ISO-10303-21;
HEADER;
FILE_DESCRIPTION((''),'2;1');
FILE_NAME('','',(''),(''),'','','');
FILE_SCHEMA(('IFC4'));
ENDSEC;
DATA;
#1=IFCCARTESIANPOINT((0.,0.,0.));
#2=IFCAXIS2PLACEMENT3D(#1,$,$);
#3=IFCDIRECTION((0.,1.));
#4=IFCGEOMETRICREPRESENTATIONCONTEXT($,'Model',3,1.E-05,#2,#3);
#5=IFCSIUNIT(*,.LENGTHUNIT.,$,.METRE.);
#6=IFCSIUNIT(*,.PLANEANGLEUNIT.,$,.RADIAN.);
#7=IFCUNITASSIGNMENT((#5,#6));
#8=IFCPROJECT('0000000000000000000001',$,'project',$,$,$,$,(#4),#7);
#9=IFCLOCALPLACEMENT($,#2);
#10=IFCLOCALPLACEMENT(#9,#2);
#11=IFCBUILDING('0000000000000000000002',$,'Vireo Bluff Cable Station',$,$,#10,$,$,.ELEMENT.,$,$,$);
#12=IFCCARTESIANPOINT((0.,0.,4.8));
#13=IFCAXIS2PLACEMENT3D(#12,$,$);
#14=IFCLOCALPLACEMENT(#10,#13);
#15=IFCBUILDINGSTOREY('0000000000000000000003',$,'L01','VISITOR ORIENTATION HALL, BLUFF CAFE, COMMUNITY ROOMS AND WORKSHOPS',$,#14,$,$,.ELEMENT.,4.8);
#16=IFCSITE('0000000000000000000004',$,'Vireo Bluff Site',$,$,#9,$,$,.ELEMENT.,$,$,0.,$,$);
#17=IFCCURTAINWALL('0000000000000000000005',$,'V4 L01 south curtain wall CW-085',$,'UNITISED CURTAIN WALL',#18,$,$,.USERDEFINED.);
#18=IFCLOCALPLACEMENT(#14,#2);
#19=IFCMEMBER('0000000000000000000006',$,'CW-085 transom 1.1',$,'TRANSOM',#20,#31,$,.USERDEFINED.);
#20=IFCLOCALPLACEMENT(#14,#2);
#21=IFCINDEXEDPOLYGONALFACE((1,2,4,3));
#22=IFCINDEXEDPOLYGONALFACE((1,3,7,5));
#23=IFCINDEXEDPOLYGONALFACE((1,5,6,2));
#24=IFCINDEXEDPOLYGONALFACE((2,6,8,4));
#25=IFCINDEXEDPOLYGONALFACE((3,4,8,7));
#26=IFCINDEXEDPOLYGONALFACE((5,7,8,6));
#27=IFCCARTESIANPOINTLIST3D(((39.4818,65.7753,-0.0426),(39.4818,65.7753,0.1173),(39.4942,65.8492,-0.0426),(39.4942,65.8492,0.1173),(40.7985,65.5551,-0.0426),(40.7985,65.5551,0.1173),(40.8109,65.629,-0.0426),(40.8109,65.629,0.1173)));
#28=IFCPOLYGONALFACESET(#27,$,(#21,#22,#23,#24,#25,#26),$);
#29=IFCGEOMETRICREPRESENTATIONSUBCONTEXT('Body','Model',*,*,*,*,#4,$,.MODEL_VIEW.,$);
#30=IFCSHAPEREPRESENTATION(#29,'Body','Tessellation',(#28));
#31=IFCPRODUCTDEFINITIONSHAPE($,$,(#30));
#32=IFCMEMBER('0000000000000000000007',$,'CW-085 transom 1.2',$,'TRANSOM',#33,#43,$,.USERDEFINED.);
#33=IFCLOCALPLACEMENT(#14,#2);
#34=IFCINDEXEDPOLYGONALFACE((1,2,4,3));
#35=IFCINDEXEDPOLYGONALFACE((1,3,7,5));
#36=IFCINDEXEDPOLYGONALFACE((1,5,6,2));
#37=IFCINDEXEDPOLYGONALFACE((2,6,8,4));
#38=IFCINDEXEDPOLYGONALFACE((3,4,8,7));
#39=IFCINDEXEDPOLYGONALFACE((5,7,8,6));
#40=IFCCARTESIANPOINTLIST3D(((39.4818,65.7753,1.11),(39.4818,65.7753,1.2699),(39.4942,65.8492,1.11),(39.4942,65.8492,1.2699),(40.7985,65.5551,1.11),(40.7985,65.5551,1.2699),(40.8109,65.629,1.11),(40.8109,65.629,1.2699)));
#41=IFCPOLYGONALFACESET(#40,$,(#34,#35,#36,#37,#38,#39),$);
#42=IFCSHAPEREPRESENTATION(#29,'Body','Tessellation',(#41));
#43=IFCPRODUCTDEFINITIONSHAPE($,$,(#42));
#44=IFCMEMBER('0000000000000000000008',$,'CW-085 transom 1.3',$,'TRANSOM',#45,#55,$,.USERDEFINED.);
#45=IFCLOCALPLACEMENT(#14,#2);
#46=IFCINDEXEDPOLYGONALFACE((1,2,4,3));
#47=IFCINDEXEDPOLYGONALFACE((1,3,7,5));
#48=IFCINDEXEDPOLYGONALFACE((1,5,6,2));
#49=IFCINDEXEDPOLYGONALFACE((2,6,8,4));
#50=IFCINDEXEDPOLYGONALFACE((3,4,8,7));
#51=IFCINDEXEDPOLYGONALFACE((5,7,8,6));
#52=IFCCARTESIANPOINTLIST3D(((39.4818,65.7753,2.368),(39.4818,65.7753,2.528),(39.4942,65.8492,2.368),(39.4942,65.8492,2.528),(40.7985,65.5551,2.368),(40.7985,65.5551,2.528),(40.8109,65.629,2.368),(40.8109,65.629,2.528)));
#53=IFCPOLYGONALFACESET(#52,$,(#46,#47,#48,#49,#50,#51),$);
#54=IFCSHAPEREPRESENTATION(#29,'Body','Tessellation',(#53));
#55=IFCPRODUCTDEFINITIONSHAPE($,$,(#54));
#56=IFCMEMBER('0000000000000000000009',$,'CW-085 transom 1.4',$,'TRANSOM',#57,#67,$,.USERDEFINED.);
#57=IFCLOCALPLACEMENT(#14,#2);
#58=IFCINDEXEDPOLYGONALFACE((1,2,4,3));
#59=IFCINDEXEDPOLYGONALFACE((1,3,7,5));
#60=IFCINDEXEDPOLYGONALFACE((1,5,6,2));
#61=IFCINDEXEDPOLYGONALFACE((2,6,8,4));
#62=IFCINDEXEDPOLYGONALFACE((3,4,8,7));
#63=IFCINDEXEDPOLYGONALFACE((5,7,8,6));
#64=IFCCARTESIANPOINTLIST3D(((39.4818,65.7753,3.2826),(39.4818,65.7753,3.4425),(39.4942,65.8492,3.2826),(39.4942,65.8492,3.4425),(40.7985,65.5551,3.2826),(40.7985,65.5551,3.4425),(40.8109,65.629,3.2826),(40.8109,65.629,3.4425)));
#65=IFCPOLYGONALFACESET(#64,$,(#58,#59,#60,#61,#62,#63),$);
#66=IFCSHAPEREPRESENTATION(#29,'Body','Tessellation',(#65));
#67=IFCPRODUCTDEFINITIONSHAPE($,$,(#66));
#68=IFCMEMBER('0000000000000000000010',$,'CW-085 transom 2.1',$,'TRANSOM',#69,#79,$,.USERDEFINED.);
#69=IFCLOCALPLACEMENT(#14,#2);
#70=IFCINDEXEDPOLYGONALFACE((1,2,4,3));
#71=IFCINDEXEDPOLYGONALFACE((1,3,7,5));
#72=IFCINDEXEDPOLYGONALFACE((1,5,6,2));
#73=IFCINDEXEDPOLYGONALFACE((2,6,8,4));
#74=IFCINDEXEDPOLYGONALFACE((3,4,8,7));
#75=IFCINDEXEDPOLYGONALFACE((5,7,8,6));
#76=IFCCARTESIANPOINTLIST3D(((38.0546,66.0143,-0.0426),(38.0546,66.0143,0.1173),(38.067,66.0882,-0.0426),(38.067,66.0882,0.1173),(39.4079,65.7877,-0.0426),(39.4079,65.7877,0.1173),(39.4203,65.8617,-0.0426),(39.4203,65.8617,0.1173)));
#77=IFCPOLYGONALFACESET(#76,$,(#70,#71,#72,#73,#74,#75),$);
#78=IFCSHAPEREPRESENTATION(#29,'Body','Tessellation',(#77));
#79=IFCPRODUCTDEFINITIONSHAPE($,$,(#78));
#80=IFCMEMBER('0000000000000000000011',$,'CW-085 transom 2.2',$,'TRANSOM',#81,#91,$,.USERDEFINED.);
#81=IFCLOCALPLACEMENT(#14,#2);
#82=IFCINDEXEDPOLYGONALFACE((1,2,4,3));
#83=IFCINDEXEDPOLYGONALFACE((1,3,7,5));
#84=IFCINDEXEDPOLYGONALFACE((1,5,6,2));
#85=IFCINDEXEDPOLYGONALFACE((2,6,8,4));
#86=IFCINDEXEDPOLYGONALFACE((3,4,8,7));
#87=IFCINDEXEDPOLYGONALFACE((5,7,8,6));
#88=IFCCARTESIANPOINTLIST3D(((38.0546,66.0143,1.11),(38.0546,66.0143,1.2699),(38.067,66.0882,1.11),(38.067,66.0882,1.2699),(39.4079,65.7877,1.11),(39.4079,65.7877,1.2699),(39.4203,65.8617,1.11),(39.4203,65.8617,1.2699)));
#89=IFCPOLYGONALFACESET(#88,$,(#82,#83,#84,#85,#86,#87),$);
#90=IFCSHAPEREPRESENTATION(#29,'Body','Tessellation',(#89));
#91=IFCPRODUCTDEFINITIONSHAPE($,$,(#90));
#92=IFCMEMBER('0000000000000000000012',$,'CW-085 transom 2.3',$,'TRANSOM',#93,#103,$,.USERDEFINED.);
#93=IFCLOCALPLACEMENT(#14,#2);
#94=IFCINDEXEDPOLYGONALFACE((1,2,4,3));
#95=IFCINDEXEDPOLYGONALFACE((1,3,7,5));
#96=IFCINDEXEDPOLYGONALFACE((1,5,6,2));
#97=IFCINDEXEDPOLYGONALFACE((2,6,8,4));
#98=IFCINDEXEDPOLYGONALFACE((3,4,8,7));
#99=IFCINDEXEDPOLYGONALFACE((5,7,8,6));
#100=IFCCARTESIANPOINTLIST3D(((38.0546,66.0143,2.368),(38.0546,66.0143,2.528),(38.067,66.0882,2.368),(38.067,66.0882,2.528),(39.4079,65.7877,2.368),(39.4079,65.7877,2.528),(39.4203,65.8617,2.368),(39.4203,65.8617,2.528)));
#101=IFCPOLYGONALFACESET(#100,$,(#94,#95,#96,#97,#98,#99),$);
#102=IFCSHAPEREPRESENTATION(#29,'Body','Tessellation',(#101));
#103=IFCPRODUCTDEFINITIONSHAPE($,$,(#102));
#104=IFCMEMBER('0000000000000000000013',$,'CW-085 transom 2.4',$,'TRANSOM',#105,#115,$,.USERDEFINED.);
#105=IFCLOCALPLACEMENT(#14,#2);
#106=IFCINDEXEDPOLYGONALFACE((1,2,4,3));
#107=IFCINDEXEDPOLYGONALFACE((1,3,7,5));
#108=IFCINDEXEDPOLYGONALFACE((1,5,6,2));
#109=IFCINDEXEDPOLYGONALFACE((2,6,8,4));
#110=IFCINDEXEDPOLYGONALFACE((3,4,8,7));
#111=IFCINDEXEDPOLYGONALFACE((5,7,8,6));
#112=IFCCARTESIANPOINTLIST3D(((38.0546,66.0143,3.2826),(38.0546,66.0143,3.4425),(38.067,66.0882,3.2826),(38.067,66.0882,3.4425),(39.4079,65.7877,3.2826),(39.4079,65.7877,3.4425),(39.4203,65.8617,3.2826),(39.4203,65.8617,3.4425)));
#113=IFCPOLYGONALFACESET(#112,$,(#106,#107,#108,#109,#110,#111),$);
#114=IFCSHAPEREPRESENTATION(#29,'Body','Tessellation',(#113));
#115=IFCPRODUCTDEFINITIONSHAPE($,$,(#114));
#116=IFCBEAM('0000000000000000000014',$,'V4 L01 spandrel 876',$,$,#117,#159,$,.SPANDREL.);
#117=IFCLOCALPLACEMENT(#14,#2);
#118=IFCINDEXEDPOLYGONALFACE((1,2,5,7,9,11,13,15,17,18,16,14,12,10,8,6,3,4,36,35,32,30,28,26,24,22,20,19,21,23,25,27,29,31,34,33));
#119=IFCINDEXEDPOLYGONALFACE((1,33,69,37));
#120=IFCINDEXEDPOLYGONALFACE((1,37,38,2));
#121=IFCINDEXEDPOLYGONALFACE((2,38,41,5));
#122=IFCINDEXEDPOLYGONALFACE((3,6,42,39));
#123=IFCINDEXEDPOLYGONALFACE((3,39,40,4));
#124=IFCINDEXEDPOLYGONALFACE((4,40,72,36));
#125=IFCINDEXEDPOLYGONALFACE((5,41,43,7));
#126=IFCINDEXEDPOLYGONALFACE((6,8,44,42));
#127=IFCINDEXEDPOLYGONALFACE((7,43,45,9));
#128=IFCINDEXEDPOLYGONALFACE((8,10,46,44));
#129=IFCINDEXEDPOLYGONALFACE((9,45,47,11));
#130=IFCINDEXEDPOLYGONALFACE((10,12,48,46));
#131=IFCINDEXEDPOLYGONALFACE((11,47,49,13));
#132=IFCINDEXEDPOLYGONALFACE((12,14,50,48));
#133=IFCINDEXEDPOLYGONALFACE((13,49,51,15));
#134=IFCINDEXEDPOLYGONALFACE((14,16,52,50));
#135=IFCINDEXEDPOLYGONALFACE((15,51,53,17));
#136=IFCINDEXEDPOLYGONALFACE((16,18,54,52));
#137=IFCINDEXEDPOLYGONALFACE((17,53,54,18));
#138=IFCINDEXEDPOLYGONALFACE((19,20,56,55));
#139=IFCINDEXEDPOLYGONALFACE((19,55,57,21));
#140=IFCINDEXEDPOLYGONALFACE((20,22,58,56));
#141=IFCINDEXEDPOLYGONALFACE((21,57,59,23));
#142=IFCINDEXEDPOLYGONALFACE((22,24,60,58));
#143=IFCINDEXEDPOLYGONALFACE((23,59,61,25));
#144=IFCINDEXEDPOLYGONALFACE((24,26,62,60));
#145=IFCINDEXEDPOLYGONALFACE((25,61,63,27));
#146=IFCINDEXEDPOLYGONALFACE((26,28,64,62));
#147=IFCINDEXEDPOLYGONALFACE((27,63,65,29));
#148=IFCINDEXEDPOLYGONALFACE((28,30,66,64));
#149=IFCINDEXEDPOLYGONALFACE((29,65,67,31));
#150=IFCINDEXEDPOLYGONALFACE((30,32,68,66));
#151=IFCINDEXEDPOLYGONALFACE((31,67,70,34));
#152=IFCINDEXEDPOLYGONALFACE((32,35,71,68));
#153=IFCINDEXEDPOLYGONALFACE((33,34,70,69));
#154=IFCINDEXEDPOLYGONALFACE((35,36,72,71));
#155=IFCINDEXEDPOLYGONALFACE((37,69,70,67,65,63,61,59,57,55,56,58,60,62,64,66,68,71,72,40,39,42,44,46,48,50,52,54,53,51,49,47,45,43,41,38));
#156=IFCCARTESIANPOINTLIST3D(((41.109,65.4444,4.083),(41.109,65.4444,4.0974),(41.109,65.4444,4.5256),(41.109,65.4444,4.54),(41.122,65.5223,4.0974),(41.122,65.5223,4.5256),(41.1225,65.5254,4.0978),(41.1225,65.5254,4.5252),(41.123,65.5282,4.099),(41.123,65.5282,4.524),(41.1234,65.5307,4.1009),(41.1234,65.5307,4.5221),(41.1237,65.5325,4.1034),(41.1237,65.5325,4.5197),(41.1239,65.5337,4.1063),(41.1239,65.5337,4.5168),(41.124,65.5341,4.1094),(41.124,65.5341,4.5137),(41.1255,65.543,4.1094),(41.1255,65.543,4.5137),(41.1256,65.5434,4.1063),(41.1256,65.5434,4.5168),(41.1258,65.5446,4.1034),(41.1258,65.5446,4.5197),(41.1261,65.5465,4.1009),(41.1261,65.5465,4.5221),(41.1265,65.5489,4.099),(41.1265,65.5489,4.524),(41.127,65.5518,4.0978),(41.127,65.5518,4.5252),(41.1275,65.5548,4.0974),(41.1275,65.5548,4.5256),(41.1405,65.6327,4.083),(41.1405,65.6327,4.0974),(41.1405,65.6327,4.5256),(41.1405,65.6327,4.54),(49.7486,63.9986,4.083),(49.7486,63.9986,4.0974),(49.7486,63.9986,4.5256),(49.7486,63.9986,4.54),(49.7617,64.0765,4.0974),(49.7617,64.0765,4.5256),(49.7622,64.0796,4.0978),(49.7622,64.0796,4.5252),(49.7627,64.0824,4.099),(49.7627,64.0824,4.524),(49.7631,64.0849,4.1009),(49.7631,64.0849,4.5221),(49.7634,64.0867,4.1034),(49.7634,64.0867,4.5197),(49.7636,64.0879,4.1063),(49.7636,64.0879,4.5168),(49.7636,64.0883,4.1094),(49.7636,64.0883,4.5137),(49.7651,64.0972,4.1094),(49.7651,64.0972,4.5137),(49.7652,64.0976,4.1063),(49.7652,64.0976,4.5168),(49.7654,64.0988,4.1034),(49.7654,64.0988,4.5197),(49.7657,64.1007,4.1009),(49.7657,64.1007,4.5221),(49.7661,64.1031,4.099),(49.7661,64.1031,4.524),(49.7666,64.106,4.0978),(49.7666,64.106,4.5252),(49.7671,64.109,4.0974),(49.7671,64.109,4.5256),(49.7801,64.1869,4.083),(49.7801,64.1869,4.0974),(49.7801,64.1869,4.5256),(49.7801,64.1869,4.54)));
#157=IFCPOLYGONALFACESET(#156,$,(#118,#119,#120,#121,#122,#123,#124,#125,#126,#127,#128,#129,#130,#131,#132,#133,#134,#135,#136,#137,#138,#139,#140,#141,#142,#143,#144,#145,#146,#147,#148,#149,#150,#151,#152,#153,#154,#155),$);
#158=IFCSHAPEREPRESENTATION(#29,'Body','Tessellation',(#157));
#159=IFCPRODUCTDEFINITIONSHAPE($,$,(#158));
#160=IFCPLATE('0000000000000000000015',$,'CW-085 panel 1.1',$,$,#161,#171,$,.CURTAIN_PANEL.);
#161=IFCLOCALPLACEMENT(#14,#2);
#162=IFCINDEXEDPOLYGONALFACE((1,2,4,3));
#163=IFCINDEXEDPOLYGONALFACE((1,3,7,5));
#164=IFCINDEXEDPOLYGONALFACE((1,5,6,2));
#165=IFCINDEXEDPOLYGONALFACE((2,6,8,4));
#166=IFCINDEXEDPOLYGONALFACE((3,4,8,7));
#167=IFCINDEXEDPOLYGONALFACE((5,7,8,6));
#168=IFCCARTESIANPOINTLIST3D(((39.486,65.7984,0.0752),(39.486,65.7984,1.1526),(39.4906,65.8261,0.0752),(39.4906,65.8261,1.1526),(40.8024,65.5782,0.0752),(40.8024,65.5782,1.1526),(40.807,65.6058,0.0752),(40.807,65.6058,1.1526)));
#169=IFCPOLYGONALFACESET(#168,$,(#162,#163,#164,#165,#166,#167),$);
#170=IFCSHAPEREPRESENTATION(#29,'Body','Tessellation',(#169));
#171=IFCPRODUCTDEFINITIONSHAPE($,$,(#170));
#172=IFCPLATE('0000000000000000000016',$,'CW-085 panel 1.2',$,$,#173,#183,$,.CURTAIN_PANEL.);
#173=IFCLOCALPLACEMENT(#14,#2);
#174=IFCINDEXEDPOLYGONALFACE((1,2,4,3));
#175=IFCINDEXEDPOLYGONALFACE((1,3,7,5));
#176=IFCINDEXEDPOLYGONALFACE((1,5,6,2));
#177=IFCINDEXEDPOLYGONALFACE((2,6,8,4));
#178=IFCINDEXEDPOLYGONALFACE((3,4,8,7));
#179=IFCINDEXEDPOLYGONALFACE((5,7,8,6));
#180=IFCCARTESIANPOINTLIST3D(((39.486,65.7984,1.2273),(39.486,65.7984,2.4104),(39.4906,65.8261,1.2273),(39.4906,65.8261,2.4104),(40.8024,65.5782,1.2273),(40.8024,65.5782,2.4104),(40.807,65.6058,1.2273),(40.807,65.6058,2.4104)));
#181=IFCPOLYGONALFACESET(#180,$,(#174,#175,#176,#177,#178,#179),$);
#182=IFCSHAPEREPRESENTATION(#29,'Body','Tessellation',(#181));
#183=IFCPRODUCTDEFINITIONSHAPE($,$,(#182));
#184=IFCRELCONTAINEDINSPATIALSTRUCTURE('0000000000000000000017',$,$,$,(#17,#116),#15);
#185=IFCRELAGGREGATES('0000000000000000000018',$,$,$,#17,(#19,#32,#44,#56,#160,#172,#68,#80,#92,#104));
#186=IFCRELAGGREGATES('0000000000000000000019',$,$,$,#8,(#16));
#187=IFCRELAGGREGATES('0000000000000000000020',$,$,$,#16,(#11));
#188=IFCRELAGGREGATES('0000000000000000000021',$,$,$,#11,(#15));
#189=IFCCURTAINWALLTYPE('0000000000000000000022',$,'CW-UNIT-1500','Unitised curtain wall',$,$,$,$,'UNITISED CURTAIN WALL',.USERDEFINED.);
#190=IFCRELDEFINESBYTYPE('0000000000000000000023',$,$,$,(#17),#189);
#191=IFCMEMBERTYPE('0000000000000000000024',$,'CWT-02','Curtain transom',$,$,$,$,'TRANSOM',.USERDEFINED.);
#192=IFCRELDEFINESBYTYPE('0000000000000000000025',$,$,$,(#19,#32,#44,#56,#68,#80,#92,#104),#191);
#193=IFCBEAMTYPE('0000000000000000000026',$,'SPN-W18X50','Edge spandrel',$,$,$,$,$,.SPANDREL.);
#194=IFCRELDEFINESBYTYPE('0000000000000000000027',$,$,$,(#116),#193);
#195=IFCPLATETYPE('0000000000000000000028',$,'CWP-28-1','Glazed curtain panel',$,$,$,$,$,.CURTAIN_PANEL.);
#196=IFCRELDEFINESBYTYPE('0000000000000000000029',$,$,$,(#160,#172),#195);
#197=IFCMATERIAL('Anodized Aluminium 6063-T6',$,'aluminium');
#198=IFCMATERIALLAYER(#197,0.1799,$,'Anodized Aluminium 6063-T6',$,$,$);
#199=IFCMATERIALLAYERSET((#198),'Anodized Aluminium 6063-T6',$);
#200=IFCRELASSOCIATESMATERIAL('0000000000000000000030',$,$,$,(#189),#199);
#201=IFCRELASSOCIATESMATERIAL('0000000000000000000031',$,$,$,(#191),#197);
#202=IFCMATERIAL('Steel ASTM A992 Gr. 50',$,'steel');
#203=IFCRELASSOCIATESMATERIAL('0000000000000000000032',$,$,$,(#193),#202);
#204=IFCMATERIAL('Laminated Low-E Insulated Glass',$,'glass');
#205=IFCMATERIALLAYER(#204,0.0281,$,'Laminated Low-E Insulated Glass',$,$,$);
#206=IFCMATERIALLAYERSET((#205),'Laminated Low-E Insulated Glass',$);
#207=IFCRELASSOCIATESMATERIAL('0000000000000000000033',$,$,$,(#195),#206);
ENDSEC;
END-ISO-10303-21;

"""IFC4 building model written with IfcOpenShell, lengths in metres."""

from ifc_helpers import new_model, si_unit, direction, frame, origin, origin_2d, place, context, subcontext, project, spatial, rectangle, i_section, extrude, material, layer, layer_set, material_profile, profile_set, type_object, element, aggregate, save


model = new_model("IFC4")

# Units and contexts
model_context = context("Model", 3, precision=1e-05, world=origin(), true_north=direction((0.0, 1.0)))
body_context = subcontext(model_context, "Body", "Model", "MODEL_VIEW")
ifc_project = project(units=[si_unit("LENGTHUNIT", "METRE"), si_unit("PLANEANGLEUNIT", "RADIAN")], contexts=[model_context])

# Site, building, storey
site_placement = place(None, origin())
site = spatial("IfcSite", under=ifc_project, at=site_placement, Name="Vireo Bluff Site", CompositionType="ELEMENT", RefElevation=0.0)
building_placement = place(site_placement, origin())
building = spatial("IfcBuilding", under=site, at=building_placement, Name="Vireo Bluff Cable Station", CompositionType="ELEMENT")
storey_placement = place(building_placement, frame((0.0, 0.0, 4.8)))
storey = spatial("IfcBuildingStorey", under=building, at=storey_placement, Name="L01", Description="VISITOR ORIENTATION HALL, BLUFF CAFE, COMMUNITY ROOMS AND WORKSHOPS", CompositionType="ELEMENT", Elevation=4.8)

# Shared definitions
ifc_material_1 = material(Name="Steel ASTM A992 Gr. 50", Category="steel")

# Curtain wall, members
ifc_material_2 = material(Name="Anodized Aluminium 6063-T6", Category="aluminium")
ifc_layer_1 = layer(ifc_material_2, 0.1799, Name="Anodized Aluminium 6063-T6")
ifc_layer_set_1 = layer_set([ifc_layer_1], Name="Anodized Aluminium 6063-T6")
curtain_wall_type = type_object("IfcCurtainWallType", Name="CW-UNIT-1500", Description="Unitised curtain wall", ElementType="UNITISED CURTAIN WALL", PredefinedType="USERDEFINED", material=ifc_layer_set_1)
curtain_wall_placement = place(storey_placement, origin())
curtain_wall = element("IfcCurtainWall", 1, at=curtain_wall_placement, inside=storey, type_object=curtain_wall_type, Name="V4 L01 south curtain wall CW-085", ObjectType="UNITISED CURTAIN WALL", PredefinedType="USERDEFINED")
ifc_material_profile_1 = material_profile(ifc_material_2, rectangle(XDim=0.075, YDim=0.1599, at=origin_2d()), Name="ALU-T-75X160")
ifc_profile_set_1 = profile_set([ifc_material_profile_1], Name="Anodized Aluminium 6063-T6")
member_type_1 = type_object("IfcMemberType", Name="CWT-02", Description="Curtain transom", ElementType="TRANSOM", PredefinedType="USERDEFINED", material=ifc_profile_set_1)
member_1_placement = place(storey_placement, frame((40.8047, 65.592, 0.0374), z_axis=(-0.9863, 0.164962, 0.0), x_axis=(-0.164962, -0.9863, 0.0)))
member_1 = element("IfcMember", 2, at=member_1_placement, type_object=member_type_1, Name="CW-085 transom 1.1", ObjectType="TRANSOM", PredefinedType="USERDEFINED", context=body_context, shape_type="SweptSolid", body=[
    extrude(rectangle(XDim=0.075, YDim=0.1599, at=origin_2d()), origin(), (0.0, 0.0, 1.0), 1.335),
])
member_2_placement = place(storey_placement, frame((40.8047, 65.592, 1.1899), z_axis=(-0.9863, 0.164962, 0.0), x_axis=(-0.164962, -0.9863, 0.0)))
member_2 = element("IfcMember", 3, at=member_2_placement, type_object=member_type_1, Name="CW-085 transom 1.2", ObjectType="TRANSOM", PredefinedType="USERDEFINED", context=body_context, shape_type="SweptSolid", body=[
    extrude(rectangle(XDim=0.075, YDim=0.1599, at=origin_2d()), origin(), (0.0, 0.0, 1.0), 1.335),
])
member_3_placement = place(storey_placement, frame((40.8047, 65.592, 2.448), z_axis=(-0.9863, 0.164962, 0.0), x_axis=(-0.164962, -0.9863, 0.0)))
member_3 = element("IfcMember", 4, at=member_3_placement, type_object=member_type_1, Name="CW-085 transom 1.3", ObjectType="TRANSOM", PredefinedType="USERDEFINED", context=body_context, shape_type="SweptSolid", body=[
    extrude(rectangle(XDim=0.075, YDim=0.1599, at=origin_2d()), origin(), (0.0, 0.0, 1.0), 1.335),
])
member_4_placement = place(storey_placement, frame((40.8047, 65.592, 3.3625), z_axis=(-0.9863, 0.164962, 0.0), x_axis=(-0.164962, -0.9863, 0.0)))
member_4 = element("IfcMember", 5, at=member_4_placement, type_object=member_type_1, Name="CW-085 transom 1.4", ObjectType="TRANSOM", PredefinedType="USERDEFINED", context=body_context, shape_type="SweptSolid", body=[
    extrude(rectangle(XDim=0.075, YDim=0.1599, at=origin_2d()), origin(), (0.0, 0.0, 1.0), 1.335),
])
member_5_placement = place(storey_placement, frame((39.4141, 65.8247, 0.0374), z_axis=(-0.986273, 0.16512, 0.0), x_axis=(-0.16512, -0.986273, 0.0)))
member_5 = element("IfcMember", 6, at=member_5_placement, type_object=member_type_1, Name="CW-085 transom 2.1", ObjectType="TRANSOM", PredefinedType="USERDEFINED", context=body_context, shape_type="SweptSolid", body=[
    extrude(rectangle(XDim=0.075, YDim=0.1599, at=origin_2d()), origin(), (0.0, 0.0, 1.0), 1.3721),
])
member_6_placement = place(storey_placement, frame((39.4141, 65.8247, 1.1899), z_axis=(-0.986273, 0.16512, 0.0), x_axis=(-0.16512, -0.986273, 0.0)))
member_6 = element("IfcMember", 7, at=member_6_placement, type_object=member_type_1, Name="CW-085 transom 2.2", ObjectType="TRANSOM", PredefinedType="USERDEFINED", context=body_context, shape_type="SweptSolid", body=[
    extrude(rectangle(XDim=0.075, YDim=0.1599, at=origin_2d()), origin(), (0.0, 0.0, 1.0), 1.3721),
])
member_7_placement = place(storey_placement, frame((39.4141, 65.8247, 2.448), z_axis=(-0.986273, 0.16512, 0.0), x_axis=(-0.16512, -0.986273, 0.0)))
member_7 = element("IfcMember", 8, at=member_7_placement, type_object=member_type_1, Name="CW-085 transom 2.3", ObjectType="TRANSOM", PredefinedType="USERDEFINED", context=body_context, shape_type="SweptSolid", body=[
    extrude(rectangle(XDim=0.075, YDim=0.1599, at=origin_2d()), origin(), (0.0, 0.0, 1.0), 1.3721),
])
member_8_placement = place(storey_placement, frame((39.4141, 65.8247, 3.3625), z_axis=(-0.986273, 0.16512, 0.0), x_axis=(-0.16512, -0.986273, 0.0)))
member_8 = element("IfcMember", 9, at=member_8_placement, type_object=member_type_1, Name="CW-085 transom 2.4", ObjectType="TRANSOM", PredefinedType="USERDEFINED", context=body_context, shape_type="SweptSolid", body=[
    extrude(rectangle(XDim=0.075, YDim=0.1599, at=origin_2d()), origin(), (0.0, 0.0, 1.0), 1.3721),
])

# Beam
ifc_material_profile_2 = material_profile(ifc_material_1, i_section(OverallWidth=0.1909, OverallDepth=0.457, WebThickness=0.009, FlangeThickness=0.0144, FilletRadius=0.012, at=origin_2d()), Name="W18X50")
ifc_profile_set_2 = profile_set([ifc_material_profile_2], Name="Steel ASTM A992 Gr. 50")
beam_type_1 = type_object("IfcBeamType", Name="SPN-W18X50", Description="Edge spandrel", PredefinedType="SPANDREL", material=ifc_profile_set_2)
beam_1_placement = place(storey_placement, frame((41.1248, 65.5386, 4.3115), z_axis=(0.986285, -0.16505, 0.0), x_axis=(0.16505, 0.986285, 0.0)))
element("IfcBeam", 10, at=beam_1_placement, inside=storey, type_object=beam_type_1, Name="V4 L01 spandrel 876", PredefinedType="SPANDREL", context=body_context, shape_type="SweptSolid", body=[
    extrude(i_section(OverallWidth=0.1909, OverallDepth=0.457, WebThickness=0.009, FlangeThickness=0.0144, FilletRadius=0.012, at=origin_2d()), origin(), (0.0, 0.0, 1.0), 8.7598),
])

# Plates
ifc_material_3 = material(Name="Laminated Low-E Insulated Glass", Category="glass")
ifc_layer_2 = layer(ifc_material_3, 0.0281, Name="Laminated Low-E Insulated Glass")
ifc_layer_set_2 = layer_set([ifc_layer_2], Name="Laminated Low-E Insulated Glass")
plate_type_1 = type_object("IfcPlateType", Name="CWP-28-1", Description="Glazed curtain panel", PredefinedType="CURTAIN_PANEL", material=ifc_layer_set_2)
plate_1_placement = place(storey_placement, frame((40.1465, 65.7021, 0.0752), z_axis=(0.0, 0.0, 1.0), x_axis=(-0.986286, 0.165048, 0.0)))
plate_1 = element("IfcPlate", 11, at=plate_1_placement, type_object=plate_type_1, Name="CW-085 panel 1.1", PredefinedType="CURTAIN_PANEL", context=body_context, shape_type="SweptSolid", body=[
    extrude(rectangle(XDim=1.3347, YDim=0.0281, at=origin_2d()), origin(), (0.0, 0.0, 1.0), 1.0774),
])
plate_2_placement = place(storey_placement, frame((40.1465, 65.7021, 1.2273), z_axis=(0.0, 0.0, 1.0), x_axis=(-0.986286, 0.165048, 0.0)))
plate_2 = element("IfcPlate", 12, at=plate_2_placement, type_object=plate_type_1, Name="CW-085 panel 1.2", PredefinedType="CURTAIN_PANEL", context=body_context, shape_type="SweptSolid", body=[
    extrude(rectangle(XDim=1.3347, YDim=0.0281, at=origin_2d()), origin(), (0.0, 0.0, 1.0), 1.1831),
])
aggregate(curtain_wall, [member_1, member_2, member_3, member_4, plate_1, plate_2, member_5, member_6, member_7, member_8])

save(model, "model.ifc")
